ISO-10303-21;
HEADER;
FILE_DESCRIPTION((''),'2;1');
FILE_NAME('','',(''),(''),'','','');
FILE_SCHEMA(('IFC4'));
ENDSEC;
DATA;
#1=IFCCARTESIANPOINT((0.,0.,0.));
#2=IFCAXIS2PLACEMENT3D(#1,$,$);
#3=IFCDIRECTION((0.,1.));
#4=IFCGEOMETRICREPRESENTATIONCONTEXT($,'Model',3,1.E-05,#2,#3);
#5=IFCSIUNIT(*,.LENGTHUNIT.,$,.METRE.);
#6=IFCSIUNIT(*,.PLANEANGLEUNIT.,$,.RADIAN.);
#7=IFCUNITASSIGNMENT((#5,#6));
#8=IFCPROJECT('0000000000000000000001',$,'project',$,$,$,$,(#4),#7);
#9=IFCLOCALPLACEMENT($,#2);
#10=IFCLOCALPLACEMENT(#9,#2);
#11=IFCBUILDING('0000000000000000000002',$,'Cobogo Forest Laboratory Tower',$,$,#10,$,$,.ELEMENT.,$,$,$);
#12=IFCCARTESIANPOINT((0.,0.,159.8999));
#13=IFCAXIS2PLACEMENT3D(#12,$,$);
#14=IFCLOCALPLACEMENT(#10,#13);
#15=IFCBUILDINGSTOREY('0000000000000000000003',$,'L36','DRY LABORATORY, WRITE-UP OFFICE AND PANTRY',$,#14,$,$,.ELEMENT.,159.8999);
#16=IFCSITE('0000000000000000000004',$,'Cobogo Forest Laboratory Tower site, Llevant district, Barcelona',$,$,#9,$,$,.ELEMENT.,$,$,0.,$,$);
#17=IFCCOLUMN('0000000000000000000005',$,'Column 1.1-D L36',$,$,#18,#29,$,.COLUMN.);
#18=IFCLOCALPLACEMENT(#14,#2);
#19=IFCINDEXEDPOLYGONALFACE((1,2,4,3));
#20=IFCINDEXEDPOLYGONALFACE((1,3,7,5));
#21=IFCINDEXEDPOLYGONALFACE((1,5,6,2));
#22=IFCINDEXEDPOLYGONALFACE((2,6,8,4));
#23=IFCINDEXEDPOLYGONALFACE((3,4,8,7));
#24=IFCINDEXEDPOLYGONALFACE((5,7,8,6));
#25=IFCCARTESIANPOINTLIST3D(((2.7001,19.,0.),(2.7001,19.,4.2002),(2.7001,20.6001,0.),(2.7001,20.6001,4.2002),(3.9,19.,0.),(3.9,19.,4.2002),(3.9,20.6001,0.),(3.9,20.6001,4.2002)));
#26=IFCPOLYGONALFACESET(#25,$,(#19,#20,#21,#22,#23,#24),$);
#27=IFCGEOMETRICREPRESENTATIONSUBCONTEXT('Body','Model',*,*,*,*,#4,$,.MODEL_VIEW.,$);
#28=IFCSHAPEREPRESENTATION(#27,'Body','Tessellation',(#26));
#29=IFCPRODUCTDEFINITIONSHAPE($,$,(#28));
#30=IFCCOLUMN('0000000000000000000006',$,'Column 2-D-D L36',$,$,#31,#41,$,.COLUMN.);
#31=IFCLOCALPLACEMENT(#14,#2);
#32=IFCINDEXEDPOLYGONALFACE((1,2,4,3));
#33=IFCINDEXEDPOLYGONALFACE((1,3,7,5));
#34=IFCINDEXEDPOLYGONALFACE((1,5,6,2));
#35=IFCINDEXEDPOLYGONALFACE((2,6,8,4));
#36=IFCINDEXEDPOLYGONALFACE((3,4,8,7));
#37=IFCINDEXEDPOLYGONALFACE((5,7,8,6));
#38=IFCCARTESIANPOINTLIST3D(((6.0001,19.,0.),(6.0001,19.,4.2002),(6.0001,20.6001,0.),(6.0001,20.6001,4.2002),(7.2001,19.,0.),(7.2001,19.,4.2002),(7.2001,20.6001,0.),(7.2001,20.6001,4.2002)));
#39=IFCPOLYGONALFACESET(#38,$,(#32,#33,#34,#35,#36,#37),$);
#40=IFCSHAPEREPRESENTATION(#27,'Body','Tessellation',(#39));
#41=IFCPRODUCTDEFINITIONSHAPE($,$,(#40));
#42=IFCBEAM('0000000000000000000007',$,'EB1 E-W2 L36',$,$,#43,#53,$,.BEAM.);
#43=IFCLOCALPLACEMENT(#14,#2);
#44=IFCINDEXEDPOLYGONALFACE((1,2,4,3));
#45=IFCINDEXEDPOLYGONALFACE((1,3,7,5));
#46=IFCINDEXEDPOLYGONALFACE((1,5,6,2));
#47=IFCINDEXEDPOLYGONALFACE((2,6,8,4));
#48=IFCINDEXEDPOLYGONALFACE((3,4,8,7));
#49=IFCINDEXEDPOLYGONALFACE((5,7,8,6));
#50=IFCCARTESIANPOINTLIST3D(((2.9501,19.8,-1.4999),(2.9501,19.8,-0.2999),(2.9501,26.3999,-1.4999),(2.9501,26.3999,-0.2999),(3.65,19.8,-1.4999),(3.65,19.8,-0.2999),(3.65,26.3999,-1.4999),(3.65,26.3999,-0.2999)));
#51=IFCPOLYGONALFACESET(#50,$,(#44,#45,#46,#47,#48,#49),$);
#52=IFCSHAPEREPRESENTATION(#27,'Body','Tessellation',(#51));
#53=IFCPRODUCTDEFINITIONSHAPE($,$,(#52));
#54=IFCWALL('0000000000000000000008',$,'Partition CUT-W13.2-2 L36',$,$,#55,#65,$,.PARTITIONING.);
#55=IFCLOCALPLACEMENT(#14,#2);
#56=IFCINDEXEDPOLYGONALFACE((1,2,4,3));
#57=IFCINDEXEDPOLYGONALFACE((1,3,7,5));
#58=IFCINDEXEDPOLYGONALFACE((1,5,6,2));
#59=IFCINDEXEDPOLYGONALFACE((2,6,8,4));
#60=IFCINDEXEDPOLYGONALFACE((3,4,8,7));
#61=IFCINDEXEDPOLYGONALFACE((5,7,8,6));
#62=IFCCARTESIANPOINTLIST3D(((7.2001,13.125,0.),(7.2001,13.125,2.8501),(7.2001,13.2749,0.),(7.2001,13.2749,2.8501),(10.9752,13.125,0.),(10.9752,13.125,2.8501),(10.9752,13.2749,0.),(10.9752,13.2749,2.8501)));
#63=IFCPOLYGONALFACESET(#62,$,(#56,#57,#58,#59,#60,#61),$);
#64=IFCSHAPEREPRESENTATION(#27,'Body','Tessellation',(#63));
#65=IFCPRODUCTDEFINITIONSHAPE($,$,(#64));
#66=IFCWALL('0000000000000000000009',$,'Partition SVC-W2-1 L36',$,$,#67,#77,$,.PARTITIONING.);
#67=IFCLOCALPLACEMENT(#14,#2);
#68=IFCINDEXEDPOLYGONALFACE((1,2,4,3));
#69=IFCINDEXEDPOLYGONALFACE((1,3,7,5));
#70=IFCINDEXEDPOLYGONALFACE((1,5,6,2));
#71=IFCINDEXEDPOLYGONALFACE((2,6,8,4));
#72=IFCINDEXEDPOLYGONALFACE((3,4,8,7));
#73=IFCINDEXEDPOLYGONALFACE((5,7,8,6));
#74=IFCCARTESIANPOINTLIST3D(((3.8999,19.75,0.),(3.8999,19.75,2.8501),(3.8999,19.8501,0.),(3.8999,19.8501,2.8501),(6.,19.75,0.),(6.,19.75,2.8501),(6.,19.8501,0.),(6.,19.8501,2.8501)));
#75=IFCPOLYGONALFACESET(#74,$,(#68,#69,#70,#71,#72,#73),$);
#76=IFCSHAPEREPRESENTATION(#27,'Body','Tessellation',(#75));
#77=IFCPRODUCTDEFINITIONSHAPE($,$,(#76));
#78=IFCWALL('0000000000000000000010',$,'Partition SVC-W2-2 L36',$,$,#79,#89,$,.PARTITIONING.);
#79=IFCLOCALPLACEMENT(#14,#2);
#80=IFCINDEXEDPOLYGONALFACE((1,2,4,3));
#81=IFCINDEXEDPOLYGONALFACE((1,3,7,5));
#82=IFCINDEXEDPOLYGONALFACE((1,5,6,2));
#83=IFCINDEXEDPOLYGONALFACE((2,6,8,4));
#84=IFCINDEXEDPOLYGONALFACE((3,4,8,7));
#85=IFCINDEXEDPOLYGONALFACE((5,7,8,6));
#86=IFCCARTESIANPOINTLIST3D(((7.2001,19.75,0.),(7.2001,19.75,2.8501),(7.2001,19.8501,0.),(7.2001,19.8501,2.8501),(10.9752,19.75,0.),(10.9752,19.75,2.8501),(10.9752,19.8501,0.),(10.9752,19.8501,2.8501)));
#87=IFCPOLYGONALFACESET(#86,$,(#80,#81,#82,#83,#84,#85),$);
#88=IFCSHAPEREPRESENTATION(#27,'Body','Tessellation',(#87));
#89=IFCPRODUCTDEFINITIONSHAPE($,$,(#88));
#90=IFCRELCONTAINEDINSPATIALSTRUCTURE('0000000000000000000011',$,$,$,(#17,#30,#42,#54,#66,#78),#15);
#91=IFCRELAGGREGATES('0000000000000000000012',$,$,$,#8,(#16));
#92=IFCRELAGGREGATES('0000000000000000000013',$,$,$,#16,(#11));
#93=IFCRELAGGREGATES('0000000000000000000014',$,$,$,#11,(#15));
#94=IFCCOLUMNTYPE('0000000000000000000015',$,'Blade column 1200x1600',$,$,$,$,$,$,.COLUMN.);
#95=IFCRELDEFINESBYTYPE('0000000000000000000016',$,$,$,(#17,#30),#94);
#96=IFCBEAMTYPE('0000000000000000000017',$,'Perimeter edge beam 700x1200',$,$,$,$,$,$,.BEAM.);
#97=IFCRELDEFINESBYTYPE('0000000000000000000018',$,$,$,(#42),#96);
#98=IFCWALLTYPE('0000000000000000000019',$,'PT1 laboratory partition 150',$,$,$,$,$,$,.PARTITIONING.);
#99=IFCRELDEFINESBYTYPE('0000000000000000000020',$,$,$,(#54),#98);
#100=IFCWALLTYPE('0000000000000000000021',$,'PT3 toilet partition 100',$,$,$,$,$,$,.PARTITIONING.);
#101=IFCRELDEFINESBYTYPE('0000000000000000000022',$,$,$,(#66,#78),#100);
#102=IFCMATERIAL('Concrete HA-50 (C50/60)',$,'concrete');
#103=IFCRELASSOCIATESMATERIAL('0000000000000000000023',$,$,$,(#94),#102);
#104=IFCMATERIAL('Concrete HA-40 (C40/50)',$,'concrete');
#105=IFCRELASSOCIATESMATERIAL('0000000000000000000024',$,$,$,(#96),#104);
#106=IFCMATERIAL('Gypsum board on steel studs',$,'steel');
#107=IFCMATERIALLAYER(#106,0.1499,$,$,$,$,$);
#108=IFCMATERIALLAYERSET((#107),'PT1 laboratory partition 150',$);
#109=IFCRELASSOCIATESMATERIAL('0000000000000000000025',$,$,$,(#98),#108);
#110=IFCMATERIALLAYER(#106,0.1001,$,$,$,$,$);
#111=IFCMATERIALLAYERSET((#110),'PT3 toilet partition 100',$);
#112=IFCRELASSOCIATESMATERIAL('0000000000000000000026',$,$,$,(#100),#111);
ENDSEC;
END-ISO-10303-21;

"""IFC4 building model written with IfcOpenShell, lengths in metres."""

from ifc_helpers import new_model, si_unit, direction, frame, frame_2d, origin, origin_2d, place, context, subcontext, project, spatial, rectangle, extrude, material, layer, layer_set, material_profile, profile_set, type_object, element, save


model = new_model("IFC4")

# Units and contexts
model_context = context("Model", 3, precision=1e-05, world=origin(), true_north=direction((0.0, 1.0)))
body_context = subcontext(model_context, "Body", "Model", "MODEL_VIEW")
ifc_project = project(units=[si_unit("LENGTHUNIT", "METRE"), si_unit("PLANEANGLEUNIT", "RADIAN")], contexts=[model_context])

# Site, building, storey
site_placement = place(None, origin())
site = spatial("IfcSite", under=ifc_project, at=site_placement, Name="Cobogo Forest Laboratory Tower site, Llevant district, Barcelona", CompositionType="ELEMENT", RefElevation=0.0)
building_placement = place(site_placement, origin())
building = spatial("IfcBuilding", under=site, at=building_placement, Name="Cobogo Forest Laboratory Tower", CompositionType="ELEMENT")
storey_placement = place(building_placement, frame((0.0, 0.0, 159.8999)))
storey = spatial("IfcBuildingStorey", under=building, at=storey_placement, Name="L36", Description="DRY LABORATORY, WRITE-UP OFFICE AND PANTRY", CompositionType="ELEMENT", Elevation=159.8999)

# Columns
ifc_material_1 = material(Name="Concrete HA-50 (C50/60)", Category="concrete")
ifc_material_profile_1 = material_profile(ifc_material_1, rectangle(XDim=1.6001, YDim=1.2, at=origin_2d()), Name="RC 1200x1600")
ifc_profile_set_1 = profile_set([ifc_material_profile_1], Name="Concrete HA-50 (C50/60)")
column_type = type_object("IfcColumnType", Name="Blade column 1200x1600", PredefinedType="COLUMN", material=ifc_profile_set_1)
for number, where, z_axis, x_axis, name in (
    (1, (3.3, 19.8, 0.0), (0.0, 0.0, 1.0), (0.0, 1.0, 0.0), "Column 1.1-D L36"),
    (2, (6.6001, 19.8, 0.0), (0.0, 0.0, 1.0), (0.0, 1.0, 0.0), "Column 2-D-D L36"),
):
    element("IfcColumn", number, at=place(storey_placement, frame(where, z_axis=z_axis, x_axis=x_axis)), inside=storey, type_object=column_type, Name=name, PredefinedType="COLUMN", context=body_context, shape_type="SweptSolid", body=[
        extrude(rectangle(XDim=1.6001, YDim=1.2, at=origin_2d()), origin(), (0.0, 0.0, 1.0), 4.2002),
    ])

# Beam
ifc_material_2 = material(Name="Concrete HA-40 (C40/50)", Category="concrete")
ifc_material_profile_2 = material_profile(ifc_material_2, rectangle(XDim=0.7, YDim=1.2, at=origin_2d()), Name="RC 700x1200")
ifc_profile_set_2 = profile_set([ifc_material_profile_2], Name="Concrete HA-40 (C40/50)")
beam_type = type_object("IfcBeamType", Name="Perimeter edge beam 700x1200", PredefinedType="BEAM", material=ifc_profile_set_2)
beam_placement = place(storey_placement, frame((3.3, 19.8, -0.8999), z_axis=(0.0, 1.0, 0.0), x_axis=(-1.0, 0.0, 0.0)))
element("IfcBeam", 3, at=beam_placement, inside=storey, type_object=beam_type, Name="EB1 E-W2 L36", PredefinedType="BEAM", context=body_context, shape_type="SweptSolid", body=[
    extrude(rectangle(XDim=0.7, YDim=1.2, at=origin_2d()), origin(), (0.0, 0.0, 1.0), 6.5999),
])

# Walls
ifc_material_3 = material(Name="Gypsum board on steel studs", Category="steel")
ifc_layer_1 = layer(ifc_material_3, 0.1499)
ifc_layer_set_1 = layer_set([ifc_layer_1], Name="PT1 laboratory partition 150")
wall_type_1 = type_object("IfcWallType", Name="PT1 laboratory partition 150", PredefinedType="PARTITIONING", material=ifc_layer_set_1)
wall_1_placement = place(storey_placement, frame((7.2, 13.2, 0.0), z_axis=(0.0, 0.0, 1.0), x_axis=(1.0, 0.0, 0.0)))
element("IfcWall", 4, at=wall_1_placement, inside=storey, type_object=wall_type_1, Name="Partition CUT-W13.2-2 L36", PredefinedType="PARTITIONING", context=body_context, shape_type="SweptSolid", body=[
    extrude(rectangle(XDim=3.7751, YDim=0.1499, at=frame_2d((1.8877, 0.0))), origin(), (0.0, 0.0, 1.0), 2.8501),
])
ifc_layer_2 = layer(ifc_material_3, 0.1001)
ifc_layer_set_2 = layer_set([ifc_layer_2], Name="PT3 toilet partition 100")
wall_type_2 = type_object("IfcWallType", Name="PT3 toilet partition 100", PredefinedType="PARTITIONING", material=ifc_layer_set_2)
wall_2_placement = place(storey_placement, frame((3.8999, 19.8, 0.0), z_axis=(0.0, 0.0, 1.0), x_axis=(1.0, 0.0, 0.0)))
element("IfcWall", 5, at=wall_2_placement, inside=storey, type_object=wall_type_2, Name="Partition SVC-W2-1 L36", PredefinedType="PARTITIONING", context=body_context, shape_type="SweptSolid", body=[
    extrude(rectangle(XDim=2.1001, YDim=0.1001, at=frame_2d((1.05, 0.0))), origin(), (0.0, 0.0, 1.0), 2.8501),
])
wall_3_placement = place(storey_placement, frame((7.2, 19.8, 0.0), z_axis=(0.0, 0.0, 1.0), x_axis=(1.0, 0.0, 0.0)))
element("IfcWall", 6, at=wall_3_placement, inside=storey, type_object=wall_type_2, Name="Partition SVC-W2-2 L36", PredefinedType="PARTITIONING", context=body_context, shape_type="SweptSolid", body=[
    extrude(rectangle(XDim=3.7751, YDim=0.1001, at=frame_2d((1.8877, 0.0))), origin(), (0.0, 0.0, 1.0), 2.8501),
])

save(model, "model.ifc")
